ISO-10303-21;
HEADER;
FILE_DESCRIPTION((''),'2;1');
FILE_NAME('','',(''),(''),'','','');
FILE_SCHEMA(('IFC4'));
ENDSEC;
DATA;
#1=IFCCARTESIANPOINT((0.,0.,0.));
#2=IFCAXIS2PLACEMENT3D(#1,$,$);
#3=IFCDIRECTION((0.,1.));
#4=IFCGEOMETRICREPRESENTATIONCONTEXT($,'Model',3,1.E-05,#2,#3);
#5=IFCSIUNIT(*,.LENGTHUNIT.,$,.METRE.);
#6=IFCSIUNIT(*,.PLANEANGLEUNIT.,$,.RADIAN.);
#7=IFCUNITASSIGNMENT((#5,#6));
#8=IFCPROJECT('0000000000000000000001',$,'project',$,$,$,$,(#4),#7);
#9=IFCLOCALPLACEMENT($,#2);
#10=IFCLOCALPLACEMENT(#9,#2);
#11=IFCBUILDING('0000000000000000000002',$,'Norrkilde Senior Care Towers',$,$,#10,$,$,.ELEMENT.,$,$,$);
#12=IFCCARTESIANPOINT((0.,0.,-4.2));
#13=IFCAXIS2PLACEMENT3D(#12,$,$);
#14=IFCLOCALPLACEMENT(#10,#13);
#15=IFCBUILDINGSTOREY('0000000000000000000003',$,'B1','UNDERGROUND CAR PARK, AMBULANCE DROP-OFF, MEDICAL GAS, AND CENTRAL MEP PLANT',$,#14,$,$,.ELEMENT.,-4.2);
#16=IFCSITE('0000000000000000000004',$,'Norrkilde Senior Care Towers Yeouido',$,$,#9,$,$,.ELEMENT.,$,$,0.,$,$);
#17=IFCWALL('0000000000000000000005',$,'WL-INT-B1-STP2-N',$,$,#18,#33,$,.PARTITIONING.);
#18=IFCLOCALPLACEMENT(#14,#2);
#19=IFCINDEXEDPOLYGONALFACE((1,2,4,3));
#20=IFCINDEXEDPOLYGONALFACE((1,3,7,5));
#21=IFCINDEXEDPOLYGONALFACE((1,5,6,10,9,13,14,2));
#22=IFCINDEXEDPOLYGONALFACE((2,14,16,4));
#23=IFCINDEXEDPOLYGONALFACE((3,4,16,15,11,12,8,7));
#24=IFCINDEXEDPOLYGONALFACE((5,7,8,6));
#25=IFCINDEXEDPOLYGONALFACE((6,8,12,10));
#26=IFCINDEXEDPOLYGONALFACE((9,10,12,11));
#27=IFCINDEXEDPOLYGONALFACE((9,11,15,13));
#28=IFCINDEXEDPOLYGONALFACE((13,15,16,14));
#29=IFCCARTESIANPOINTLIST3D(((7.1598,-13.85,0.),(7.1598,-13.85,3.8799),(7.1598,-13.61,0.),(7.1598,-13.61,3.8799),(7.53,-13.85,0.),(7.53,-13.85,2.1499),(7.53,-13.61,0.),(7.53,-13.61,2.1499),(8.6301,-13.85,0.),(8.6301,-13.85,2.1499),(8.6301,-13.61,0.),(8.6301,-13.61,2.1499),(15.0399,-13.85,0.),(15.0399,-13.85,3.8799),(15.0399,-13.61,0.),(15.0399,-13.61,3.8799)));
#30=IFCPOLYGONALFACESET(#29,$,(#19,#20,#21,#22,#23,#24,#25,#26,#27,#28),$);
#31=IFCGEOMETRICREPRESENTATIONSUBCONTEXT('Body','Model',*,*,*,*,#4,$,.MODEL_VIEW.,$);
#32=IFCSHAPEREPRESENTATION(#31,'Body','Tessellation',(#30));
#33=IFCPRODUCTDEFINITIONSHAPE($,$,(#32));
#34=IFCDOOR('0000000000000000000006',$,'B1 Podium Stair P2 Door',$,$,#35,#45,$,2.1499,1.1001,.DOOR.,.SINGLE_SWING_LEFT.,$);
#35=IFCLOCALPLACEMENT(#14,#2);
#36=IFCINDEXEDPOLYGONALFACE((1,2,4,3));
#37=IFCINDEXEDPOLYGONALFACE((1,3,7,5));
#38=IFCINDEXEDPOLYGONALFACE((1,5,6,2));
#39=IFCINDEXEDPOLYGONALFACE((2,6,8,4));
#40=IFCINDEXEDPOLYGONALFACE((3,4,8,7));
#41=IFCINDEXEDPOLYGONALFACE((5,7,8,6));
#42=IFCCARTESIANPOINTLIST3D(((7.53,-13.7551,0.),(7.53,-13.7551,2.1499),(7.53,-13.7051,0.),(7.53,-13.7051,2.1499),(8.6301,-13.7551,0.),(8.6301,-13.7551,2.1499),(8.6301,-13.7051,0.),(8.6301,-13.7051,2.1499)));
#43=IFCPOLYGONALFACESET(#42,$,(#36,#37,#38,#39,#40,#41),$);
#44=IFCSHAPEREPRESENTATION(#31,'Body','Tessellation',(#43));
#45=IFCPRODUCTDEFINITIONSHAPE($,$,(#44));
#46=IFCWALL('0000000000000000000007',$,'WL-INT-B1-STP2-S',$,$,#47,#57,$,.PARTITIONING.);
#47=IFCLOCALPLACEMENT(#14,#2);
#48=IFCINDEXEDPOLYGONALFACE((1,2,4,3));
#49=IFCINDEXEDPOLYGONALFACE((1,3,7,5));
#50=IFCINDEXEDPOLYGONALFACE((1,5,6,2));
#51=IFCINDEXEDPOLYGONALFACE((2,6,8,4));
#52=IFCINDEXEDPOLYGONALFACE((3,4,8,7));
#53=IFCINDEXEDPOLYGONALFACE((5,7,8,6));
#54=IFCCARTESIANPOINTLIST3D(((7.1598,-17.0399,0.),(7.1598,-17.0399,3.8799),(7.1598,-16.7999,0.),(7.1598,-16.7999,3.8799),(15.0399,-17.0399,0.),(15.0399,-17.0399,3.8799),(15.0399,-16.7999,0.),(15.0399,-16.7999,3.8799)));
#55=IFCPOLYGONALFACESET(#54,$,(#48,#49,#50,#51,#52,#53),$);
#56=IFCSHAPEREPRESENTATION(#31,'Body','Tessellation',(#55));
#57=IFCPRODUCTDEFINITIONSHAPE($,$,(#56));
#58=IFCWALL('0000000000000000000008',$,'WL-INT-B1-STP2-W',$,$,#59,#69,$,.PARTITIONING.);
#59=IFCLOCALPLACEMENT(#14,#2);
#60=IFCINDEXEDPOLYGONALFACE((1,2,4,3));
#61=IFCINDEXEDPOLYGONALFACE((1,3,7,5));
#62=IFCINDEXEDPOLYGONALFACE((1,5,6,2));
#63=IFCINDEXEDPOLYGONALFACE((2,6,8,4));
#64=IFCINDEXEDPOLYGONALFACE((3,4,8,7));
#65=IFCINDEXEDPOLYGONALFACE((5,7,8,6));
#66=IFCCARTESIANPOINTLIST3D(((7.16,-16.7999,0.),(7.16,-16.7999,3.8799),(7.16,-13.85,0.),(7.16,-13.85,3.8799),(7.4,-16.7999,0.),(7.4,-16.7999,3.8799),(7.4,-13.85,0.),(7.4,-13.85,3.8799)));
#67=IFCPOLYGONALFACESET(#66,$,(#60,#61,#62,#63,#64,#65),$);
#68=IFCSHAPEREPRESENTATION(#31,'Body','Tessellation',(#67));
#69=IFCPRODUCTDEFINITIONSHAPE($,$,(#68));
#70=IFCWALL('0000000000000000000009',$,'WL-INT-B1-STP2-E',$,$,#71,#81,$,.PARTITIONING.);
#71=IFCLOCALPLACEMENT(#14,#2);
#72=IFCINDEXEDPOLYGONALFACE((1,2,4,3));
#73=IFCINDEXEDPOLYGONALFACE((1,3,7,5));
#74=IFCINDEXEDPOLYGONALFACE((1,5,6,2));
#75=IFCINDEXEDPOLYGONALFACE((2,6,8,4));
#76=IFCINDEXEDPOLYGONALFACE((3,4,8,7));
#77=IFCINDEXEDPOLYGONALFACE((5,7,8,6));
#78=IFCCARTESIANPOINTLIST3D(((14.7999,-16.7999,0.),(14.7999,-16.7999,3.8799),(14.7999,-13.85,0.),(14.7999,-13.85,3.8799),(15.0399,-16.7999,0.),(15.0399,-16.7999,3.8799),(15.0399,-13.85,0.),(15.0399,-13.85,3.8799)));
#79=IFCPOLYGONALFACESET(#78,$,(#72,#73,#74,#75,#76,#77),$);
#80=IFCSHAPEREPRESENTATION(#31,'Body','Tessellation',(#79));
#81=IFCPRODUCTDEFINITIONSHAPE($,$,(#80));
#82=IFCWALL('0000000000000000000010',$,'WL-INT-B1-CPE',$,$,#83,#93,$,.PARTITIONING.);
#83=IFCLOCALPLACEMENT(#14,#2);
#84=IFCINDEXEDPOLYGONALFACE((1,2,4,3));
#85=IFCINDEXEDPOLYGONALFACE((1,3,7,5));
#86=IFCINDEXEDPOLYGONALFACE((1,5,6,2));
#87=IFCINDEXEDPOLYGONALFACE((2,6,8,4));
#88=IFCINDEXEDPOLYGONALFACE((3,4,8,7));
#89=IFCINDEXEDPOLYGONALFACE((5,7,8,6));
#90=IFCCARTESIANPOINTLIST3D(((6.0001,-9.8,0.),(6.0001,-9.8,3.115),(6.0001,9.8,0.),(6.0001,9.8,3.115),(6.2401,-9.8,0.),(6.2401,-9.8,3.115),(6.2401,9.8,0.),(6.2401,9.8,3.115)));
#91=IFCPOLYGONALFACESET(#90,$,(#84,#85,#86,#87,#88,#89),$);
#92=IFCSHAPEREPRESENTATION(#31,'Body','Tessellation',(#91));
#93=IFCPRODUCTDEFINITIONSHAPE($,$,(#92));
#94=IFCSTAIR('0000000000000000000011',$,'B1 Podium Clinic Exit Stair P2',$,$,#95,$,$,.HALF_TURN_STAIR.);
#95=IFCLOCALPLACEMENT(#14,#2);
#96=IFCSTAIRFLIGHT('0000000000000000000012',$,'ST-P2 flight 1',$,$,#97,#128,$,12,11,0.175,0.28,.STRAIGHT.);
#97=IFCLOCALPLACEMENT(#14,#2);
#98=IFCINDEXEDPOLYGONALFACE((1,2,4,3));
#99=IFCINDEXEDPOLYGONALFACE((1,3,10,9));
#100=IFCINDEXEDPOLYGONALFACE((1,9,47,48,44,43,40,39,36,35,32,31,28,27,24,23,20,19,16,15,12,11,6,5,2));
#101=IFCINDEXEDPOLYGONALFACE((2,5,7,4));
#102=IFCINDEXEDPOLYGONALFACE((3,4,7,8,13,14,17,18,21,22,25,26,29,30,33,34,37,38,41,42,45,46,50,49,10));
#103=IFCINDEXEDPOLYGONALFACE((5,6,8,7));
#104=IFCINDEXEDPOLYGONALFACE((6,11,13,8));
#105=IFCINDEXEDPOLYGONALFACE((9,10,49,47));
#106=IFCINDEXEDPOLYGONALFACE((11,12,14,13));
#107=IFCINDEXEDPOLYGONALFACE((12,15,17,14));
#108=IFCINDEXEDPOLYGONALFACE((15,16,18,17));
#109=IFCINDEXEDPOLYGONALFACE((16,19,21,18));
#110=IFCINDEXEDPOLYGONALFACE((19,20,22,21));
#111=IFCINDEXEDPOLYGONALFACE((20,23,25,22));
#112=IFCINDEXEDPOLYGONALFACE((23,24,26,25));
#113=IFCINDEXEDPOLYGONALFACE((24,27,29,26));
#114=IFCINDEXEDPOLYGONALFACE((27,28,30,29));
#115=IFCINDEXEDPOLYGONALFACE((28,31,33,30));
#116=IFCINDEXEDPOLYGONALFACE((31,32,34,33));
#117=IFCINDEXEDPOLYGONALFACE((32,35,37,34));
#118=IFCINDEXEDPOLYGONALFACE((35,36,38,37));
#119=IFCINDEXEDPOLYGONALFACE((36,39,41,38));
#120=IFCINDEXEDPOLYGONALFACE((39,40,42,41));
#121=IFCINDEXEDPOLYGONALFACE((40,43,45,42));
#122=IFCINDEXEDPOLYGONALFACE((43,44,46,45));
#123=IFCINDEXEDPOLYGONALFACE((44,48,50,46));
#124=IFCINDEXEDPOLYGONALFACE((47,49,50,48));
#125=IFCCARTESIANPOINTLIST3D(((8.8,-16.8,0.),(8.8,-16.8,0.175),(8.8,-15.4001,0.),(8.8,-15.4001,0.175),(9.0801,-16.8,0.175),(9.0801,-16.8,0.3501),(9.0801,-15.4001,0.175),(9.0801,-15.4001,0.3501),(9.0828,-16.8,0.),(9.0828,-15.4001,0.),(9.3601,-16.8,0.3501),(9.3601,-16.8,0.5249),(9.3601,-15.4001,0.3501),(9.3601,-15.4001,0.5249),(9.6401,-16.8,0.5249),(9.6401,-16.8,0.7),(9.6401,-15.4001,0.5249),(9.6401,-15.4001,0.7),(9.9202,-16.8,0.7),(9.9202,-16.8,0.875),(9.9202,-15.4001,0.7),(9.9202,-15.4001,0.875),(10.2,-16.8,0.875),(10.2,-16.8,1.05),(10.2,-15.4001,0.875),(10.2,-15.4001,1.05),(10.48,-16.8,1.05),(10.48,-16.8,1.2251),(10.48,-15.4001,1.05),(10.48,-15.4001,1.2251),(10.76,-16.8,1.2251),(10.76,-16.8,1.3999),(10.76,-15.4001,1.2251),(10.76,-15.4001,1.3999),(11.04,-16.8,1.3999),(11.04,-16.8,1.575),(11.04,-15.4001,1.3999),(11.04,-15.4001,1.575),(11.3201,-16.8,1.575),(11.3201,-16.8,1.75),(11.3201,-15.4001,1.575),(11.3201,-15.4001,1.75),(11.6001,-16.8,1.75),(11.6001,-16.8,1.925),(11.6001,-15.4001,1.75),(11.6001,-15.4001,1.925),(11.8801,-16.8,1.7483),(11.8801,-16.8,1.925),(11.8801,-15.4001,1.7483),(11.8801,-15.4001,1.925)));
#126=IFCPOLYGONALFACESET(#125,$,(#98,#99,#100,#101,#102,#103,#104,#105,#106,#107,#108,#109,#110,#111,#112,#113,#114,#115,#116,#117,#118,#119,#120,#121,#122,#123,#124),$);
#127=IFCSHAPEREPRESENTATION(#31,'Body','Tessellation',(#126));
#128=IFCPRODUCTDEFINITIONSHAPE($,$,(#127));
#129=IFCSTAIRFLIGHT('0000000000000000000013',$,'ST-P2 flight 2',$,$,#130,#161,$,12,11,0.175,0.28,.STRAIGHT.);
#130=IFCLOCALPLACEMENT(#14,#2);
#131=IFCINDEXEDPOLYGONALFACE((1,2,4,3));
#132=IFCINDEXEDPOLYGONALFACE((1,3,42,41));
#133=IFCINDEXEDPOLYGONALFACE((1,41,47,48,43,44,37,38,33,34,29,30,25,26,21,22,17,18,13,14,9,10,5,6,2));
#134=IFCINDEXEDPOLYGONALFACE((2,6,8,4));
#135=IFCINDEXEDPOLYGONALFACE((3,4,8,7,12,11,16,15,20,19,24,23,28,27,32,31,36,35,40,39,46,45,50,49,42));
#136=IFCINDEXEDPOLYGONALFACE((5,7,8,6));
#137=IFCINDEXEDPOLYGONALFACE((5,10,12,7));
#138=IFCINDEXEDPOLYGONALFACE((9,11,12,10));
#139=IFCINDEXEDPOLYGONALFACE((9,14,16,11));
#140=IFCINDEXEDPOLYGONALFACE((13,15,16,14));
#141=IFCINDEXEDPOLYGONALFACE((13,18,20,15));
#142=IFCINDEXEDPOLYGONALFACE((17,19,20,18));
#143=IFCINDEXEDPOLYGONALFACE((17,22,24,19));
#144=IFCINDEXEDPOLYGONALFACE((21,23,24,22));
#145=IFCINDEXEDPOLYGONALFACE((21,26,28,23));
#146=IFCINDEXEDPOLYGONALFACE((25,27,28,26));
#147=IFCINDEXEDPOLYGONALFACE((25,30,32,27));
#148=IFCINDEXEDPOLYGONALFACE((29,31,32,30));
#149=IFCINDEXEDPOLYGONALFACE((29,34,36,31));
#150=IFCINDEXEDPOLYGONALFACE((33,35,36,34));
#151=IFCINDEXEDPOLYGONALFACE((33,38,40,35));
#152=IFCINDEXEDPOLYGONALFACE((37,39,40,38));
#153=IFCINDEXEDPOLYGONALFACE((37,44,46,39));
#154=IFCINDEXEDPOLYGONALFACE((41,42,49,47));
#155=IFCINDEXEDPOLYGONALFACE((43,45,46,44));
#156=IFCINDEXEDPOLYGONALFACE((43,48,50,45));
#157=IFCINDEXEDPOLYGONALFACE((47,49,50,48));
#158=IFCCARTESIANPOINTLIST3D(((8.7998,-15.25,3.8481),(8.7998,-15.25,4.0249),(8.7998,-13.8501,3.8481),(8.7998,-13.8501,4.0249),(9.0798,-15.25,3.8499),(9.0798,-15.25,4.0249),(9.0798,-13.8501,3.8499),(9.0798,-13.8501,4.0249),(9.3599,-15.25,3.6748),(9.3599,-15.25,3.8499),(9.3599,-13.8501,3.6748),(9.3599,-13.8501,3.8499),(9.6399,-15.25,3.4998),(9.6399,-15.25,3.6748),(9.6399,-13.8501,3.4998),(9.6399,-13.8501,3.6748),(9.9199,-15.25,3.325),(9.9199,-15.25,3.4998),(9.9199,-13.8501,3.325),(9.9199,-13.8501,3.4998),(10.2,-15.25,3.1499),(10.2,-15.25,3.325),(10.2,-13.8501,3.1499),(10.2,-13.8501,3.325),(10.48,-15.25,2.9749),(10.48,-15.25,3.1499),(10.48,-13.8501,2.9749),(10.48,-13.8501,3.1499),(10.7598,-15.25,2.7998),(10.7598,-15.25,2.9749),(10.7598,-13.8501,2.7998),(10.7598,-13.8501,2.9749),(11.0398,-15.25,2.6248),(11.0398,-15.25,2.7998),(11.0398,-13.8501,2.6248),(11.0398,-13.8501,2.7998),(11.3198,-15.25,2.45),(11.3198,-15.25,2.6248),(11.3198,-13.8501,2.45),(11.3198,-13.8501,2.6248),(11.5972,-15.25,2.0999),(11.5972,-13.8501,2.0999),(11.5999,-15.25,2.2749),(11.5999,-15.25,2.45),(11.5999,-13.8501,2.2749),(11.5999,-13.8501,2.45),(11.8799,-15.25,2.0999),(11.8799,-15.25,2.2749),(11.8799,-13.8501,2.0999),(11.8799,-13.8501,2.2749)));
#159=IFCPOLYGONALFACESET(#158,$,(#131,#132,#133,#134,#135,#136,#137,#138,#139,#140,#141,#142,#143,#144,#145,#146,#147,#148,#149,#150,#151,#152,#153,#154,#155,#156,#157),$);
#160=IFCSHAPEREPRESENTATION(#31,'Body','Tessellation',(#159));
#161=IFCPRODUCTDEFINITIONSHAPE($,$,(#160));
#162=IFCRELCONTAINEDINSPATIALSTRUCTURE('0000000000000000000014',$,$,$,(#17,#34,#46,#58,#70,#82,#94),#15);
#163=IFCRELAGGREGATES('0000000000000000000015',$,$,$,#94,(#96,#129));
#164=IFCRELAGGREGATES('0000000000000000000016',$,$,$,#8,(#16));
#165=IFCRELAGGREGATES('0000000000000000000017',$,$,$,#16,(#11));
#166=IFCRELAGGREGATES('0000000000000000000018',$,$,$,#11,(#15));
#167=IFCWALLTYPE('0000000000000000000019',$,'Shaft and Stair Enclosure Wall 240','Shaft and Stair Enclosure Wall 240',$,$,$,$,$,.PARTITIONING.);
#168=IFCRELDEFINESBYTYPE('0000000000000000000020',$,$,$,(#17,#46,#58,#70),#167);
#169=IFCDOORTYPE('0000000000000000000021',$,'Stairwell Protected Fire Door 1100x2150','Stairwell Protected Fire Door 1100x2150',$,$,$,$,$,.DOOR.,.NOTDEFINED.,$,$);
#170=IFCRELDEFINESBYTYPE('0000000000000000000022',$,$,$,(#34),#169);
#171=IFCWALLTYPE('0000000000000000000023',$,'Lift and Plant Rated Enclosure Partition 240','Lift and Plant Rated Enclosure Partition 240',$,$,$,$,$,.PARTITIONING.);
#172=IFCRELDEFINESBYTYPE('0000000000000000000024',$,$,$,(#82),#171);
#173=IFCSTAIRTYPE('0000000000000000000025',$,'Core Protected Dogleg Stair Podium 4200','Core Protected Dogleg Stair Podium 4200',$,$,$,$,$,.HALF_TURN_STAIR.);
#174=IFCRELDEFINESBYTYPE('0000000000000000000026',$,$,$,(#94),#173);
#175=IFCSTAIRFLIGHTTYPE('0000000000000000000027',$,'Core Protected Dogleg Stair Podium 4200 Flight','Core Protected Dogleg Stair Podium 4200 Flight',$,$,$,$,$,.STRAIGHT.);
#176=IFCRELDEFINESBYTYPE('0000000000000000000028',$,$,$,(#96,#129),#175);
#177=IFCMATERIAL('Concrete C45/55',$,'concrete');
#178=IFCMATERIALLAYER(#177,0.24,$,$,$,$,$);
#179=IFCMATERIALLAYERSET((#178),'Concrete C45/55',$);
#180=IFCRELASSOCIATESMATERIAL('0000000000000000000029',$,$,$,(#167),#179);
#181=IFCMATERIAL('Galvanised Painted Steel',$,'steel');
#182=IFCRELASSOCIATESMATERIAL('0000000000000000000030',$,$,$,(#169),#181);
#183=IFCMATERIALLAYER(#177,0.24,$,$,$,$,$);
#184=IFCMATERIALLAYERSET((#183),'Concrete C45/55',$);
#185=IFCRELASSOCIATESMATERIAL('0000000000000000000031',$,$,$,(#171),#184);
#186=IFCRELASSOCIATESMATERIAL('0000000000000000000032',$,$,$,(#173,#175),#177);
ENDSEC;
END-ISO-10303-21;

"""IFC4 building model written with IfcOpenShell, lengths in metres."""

from ifc_helpers import new_model, si_unit, direction, frame, frame_2d, origin, place, context, subcontext, project, spatial, polyline, rectangle, outline, extrude, source, transform, mapped, material, layer, layer_set, type_object, type_shapes, element, fill, aggregate, save


model = new_model("IFC4")

# Units and contexts
model_context = context("Model", 3, precision=1e-05, world=origin(), true_north=direction((0.0, 1.0)))
body_context = subcontext(model_context, "Body", "Model", "MODEL_VIEW")
ifc_project = project(units=[si_unit("LENGTHUNIT", "METRE"), si_unit("PLANEANGLEUNIT", "RADIAN")], contexts=[model_context])

# Site, building, storey
site_placement = place(None, origin())
site = spatial("IfcSite", under=ifc_project, at=site_placement, Name="Norrkilde Senior Care Towers Yeouido", CompositionType="ELEMENT", RefElevation=0.0)
building_placement = place(site_placement, origin())
building = spatial("IfcBuilding", under=site, at=building_placement, Name="Norrkilde Senior Care Towers", CompositionType="ELEMENT")
storey_placement = place(building_placement, frame((0.0, 0.0, -4.2)))
storey = spatial("IfcBuildingStorey", under=building, at=storey_placement, Name="B1", Description="UNDERGROUND CAR PARK, AMBULANCE DROP-OFF, MEDICAL GAS, AND CENTRAL MEP PLANT", CompositionType="ELEMENT", Elevation=-4.2)

# Wall, opening, door
ifc_material_1 = material(Name="Concrete C45/55", Category="concrete")
ifc_layer_1 = layer(ifc_material_1, 0.24)
ifc_layer_set_1 = layer_set([ifc_layer_1], Name="Concrete C45/55")
wall_type_1 = type_object("IfcWallType", Name="Shaft and Stair Enclosure Wall 240", Description="Shaft and Stair Enclosure Wall 240", PredefinedType="PARTITIONING", material=ifc_layer_set_1)
shared_shape_1 = source(origin(), body_context, "Body", "SweptSolid", [
    extrude(rectangle(XDim=7.8801, YDim=0.24, at=frame_2d((3.9399, 0.0))), origin(), (0.0, 0.0, 1.0), 3.8799),
])
wall_1_placement = place(storey_placement, frame((7.1599, -13.73, 0.0), z_axis=(0.0, 0.0, 1.0), x_axis=(1.0, 0.0, 0.0)))
wall_1 = element("IfcWall", 1, at=wall_1_placement, inside=storey, type_object=wall_type_1, Name="WL-INT-B1-STP2-N", PredefinedType="PARTITIONING", context=body_context, shape_type="MappedRepresentation", body=[
    mapped(shared_shape_1, transform((0.0, 0.0, 0.0), x_axis=(1.0, 0.0, 0.0), y_axis=(0.0, 1.0, 0.0), z_axis=(0.0, 0.0, 1.0), scale=1.0)),
])
opening_placement = place(wall_1_placement, frame((0.3701, 0.0, 0.0)))
opening = element("IfcOpeningElement", 2, at=opening_placement, cuts=wall_1, PredefinedType="OPENING", context=body_context, shape_type="SweptSolid", body=[
    extrude(rectangle(XDim=1.1001, YDim=2.1499, at=frame_2d((0.55, 1.075))), frame((0.0, 0.1299, 0.0), z_axis=(0.0, -1.0, 0.0), x_axis=(1.0, 0.0, 0.0)), (0.0, 0.0, 1.0), 0.26),
])
ifc_material_2 = material(Name="Galvanised Painted Steel", Category="steel")
door_type = type_object("IfcDoorType", Name="Stairwell Protected Fire Door 1100x2150", Description="Stairwell Protected Fire Door 1100x2150", OperationType="NOTDEFINED", PredefinedType="DOOR", material=ifc_material_2)
shared_shape_2 = source(origin(), body_context, "Body", "SweptSolid", [
    extrude(rectangle(XDim=1.1001, YDim=2.1499, at=frame_2d((0.55, 1.075))), frame((0.0, 0.0249, 0.0), z_axis=(0.0, -1.0, 0.0), x_axis=(1.0, 0.0, 0.0)), (0.0, 0.0, 1.0), 0.05),
])
type_shapes(door_type, [shared_shape_2])
door_placement = place(opening_placement, origin())
door = element("IfcDoor", 3, at=door_placement, inside=storey, type_object=door_type, Name="B1 Podium Stair P2 Door", OperationType="SINGLE_SWING_LEFT", OverallHeight=2.1499, OverallWidth=1.1001, PredefinedType="DOOR", context=body_context, shape_type="MappedRepresentation", body=[
    mapped(shared_shape_2, transform((0.0, 0.0, 0.0), x_axis=(1.0, 0.0, 0.0), y_axis=(0.0, 1.0, 0.0), z_axis=(0.0, 0.0, 1.0), scale=1.0)),
])
fill(opening, door)

# Walls
wall_2_placement = place(storey_placement, frame((7.1599, -16.9199, 0.0), z_axis=(0.0, 0.0, 1.0), x_axis=(1.0, 0.0, 0.0)))
element("IfcWall", 4, at=wall_2_placement, inside=storey, type_object=wall_type_1, Name="WL-INT-B1-STP2-S", PredefinedType="PARTITIONING", context=body_context, shape_type="MappedRepresentation", body=[
    mapped(shared_shape_1, transform((0.0, 0.0, 0.0), x_axis=(1.0, 0.0, 0.0), y_axis=(0.0, 1.0, 0.0), z_axis=(0.0, 0.0, 1.0), scale=1.0)),
])
shared_shape_3 = source(origin(), body_context, "Body", "SweptSolid", [
    extrude(rectangle(XDim=2.95, YDim=0.24, at=frame_2d((1.4751, 0.0))), origin(), (0.0, 0.0, 1.0), 3.8799),
])
type_shapes(wall_type_1, [shared_shape_1, shared_shape_3])
for number, where, z_axis, x_axis, name in (
    (5, (7.28, -16.8, 0.0), (0.0, 0.0, 1.0), (0.0, 1.0, 0.0), "WL-INT-B1-STP2-W"),
    (6, (14.9199, -16.8, 0.0), (0.0, 0.0, 1.0), (0.0, 1.0, 0.0), "WL-INT-B1-STP2-E"),
):
    element("IfcWall", number, at=place(storey_placement, frame(where, z_axis=z_axis, x_axis=x_axis)), inside=storey, type_object=wall_type_1, Name=name, PredefinedType="PARTITIONING", context=body_context, shape_type="MappedRepresentation", body=[
        mapped(shared_shape_3, transform((0.0, 0.0, 0.0), x_axis=(1.0, 0.0, 0.0), y_axis=(0.0, 1.0, 0.0), z_axis=(0.0, 0.0, 1.0), scale=1.0)),
    ])
ifc_layer_2 = layer(ifc_material_1, 0.24)
ifc_layer_set_2 = layer_set([ifc_layer_2], Name="Concrete C45/55")
wall_type_2 = type_object("IfcWallType", Name="Lift and Plant Rated Enclosure Partition 240", Description="Lift and Plant Rated Enclosure Partition 240", PredefinedType="PARTITIONING", material=ifc_layer_set_2)
shared_shape_4 = source(origin(), body_context, "Body", "SweptSolid", [
    extrude(rectangle(XDim=19.6001, YDim=0.24, at=frame_2d((9.8, 0.0))), origin(), (0.0, 0.0, 1.0), 3.115),
])
type_shapes(wall_type_2, [shared_shape_4])
wall_3_placement = place(storey_placement, frame((6.1201, -9.8, 0.0), z_axis=(0.0, 0.0, 1.0), x_axis=(0.0, 1.0, 0.0)))
element("IfcWall", 7, at=wall_3_placement, inside=storey, type_object=wall_type_2, Name="WL-INT-B1-CPE", PredefinedType="PARTITIONING", context=body_context, shape_type="MappedRepresentation", body=[
    mapped(shared_shape_4, transform((0.0, 0.0, 0.0), x_axis=(1.0, 0.0, 0.0), y_axis=(0.0, 1.0, 0.0), z_axis=(0.0, 0.0, 1.0), scale=1.0)),
])

# Stair, stair flights
stair_type = type_object("IfcStairType", Name="Core Protected Dogleg Stair Podium 4200", Description="Core Protected Dogleg Stair Podium 4200", PredefinedType="HALF_TURN_STAIR", material=ifc_material_1)
stair_placement = place(storey_placement, origin())
stair = element("IfcStair", 8, at=stair_placement, inside=storey, type_object=stair_type, Name="B1 Podium Clinic Exit Stair P2", PredefinedType="HALF_TURN_STAIR")
stair_flight_type = type_object("IfcStairFlightType", Name="Core Protected Dogleg Stair Podium 4200 Flight", Description="Core Protected Dogleg Stair Podium 4200 Flight", PredefinedType="STRAIGHT", material=ifc_material_1)
stair_flight_1_placement = place(storey_placement, frame((8.8, -16.1001, 0.0), z_axis=(0.0, 0.0, 1.0), x_axis=(1.0, 0.0, 0.0)))
stair_flight_1 = element("IfcStairFlight", 9, at=stair_flight_1_placement, type_object=stair_flight_type, Name="ST-P2 flight 1", NumberOfRisers=12, NumberOfTreads=11, PredefinedType="STRAIGHT", RiserHeight=0.175, TreadLength=0.28, context=body_context, shape_type="SweptSolid", body=[
    extrude(outline(polyline([(0.0, 0.0), (0.0, 0.175), (0.28, 0.175), (0.28, 0.3501), (0.5601, 0.3501), (0.5601, 0.5249), (0.8401, 0.5249), (0.8401, 0.7), (1.1201, 0.7), (1.1201, 0.875), (1.3999, 0.875), (1.3999, 1.05), (1.6799, 1.05), (1.6799, 1.2251), (1.96, 1.2251), (1.96, 1.3999), (2.24, 1.3999), (2.24, 1.575), (2.52, 1.575), (2.52, 1.75), (2.8, 1.75), (2.8, 1.925), (3.0801, 1.925), (3.0801, 2.1001), (3.0801, 1.7483), (0.2827, 0.0), (0.0, 0.0)])), frame((0.0, 0.7, 0.0), z_axis=(0.0, -1.0, 0.0), x_axis=(1.0, 0.0, 0.0)), (0.0, 0.0, 1.0), 1.3999),
])
stair_flight_2_placement = place(storey_placement, frame((11.8799, -14.55, 2.0999), z_axis=(0.0, 0.0, 1.0), x_axis=(-1.0, 0.0, 0.0)))
stair_flight_2 = element("IfcStairFlight", 10, at=stair_flight_2_placement, type_object=stair_flight_type, Name="ST-P2 flight 2", NumberOfRisers=12, NumberOfTreads=11, PredefinedType="STRAIGHT", RiserHeight=0.175, TreadLength=0.28, context=body_context, shape_type="SweptSolid", body=[
    extrude(outline(polyline([(0.0, 0.0), (0.0, 0.175), (0.28, 0.175), (0.28, 0.3501), (0.5601, 0.3501), (0.5601, 0.5249), (0.8401, 0.5249), (0.8401, 0.7), (1.1201, 0.7), (1.1201, 0.875), (1.3999, 0.875), (1.3999, 1.05), (1.6799, 1.05), (1.6799, 1.2251), (1.96, 1.2251), (1.96, 1.3999), (2.24, 1.3999), (2.24, 1.575), (2.52, 1.575), (2.52, 1.75), (2.8, 1.75), (2.8, 1.925), (3.0801, 1.925), (3.0801, 2.1001), (3.0801, 1.7483), (0.2827, 0.0), (0.0, 0.0)])), frame((0.0, 0.7, 0.0), z_axis=(0.0, -1.0, 0.0), x_axis=(1.0, 0.0, 0.0)), (0.0, 0.0, 1.0), 1.3999),
])
aggregate(stair, [stair_flight_1, stair_flight_2])

save(model, "model.ifc")
